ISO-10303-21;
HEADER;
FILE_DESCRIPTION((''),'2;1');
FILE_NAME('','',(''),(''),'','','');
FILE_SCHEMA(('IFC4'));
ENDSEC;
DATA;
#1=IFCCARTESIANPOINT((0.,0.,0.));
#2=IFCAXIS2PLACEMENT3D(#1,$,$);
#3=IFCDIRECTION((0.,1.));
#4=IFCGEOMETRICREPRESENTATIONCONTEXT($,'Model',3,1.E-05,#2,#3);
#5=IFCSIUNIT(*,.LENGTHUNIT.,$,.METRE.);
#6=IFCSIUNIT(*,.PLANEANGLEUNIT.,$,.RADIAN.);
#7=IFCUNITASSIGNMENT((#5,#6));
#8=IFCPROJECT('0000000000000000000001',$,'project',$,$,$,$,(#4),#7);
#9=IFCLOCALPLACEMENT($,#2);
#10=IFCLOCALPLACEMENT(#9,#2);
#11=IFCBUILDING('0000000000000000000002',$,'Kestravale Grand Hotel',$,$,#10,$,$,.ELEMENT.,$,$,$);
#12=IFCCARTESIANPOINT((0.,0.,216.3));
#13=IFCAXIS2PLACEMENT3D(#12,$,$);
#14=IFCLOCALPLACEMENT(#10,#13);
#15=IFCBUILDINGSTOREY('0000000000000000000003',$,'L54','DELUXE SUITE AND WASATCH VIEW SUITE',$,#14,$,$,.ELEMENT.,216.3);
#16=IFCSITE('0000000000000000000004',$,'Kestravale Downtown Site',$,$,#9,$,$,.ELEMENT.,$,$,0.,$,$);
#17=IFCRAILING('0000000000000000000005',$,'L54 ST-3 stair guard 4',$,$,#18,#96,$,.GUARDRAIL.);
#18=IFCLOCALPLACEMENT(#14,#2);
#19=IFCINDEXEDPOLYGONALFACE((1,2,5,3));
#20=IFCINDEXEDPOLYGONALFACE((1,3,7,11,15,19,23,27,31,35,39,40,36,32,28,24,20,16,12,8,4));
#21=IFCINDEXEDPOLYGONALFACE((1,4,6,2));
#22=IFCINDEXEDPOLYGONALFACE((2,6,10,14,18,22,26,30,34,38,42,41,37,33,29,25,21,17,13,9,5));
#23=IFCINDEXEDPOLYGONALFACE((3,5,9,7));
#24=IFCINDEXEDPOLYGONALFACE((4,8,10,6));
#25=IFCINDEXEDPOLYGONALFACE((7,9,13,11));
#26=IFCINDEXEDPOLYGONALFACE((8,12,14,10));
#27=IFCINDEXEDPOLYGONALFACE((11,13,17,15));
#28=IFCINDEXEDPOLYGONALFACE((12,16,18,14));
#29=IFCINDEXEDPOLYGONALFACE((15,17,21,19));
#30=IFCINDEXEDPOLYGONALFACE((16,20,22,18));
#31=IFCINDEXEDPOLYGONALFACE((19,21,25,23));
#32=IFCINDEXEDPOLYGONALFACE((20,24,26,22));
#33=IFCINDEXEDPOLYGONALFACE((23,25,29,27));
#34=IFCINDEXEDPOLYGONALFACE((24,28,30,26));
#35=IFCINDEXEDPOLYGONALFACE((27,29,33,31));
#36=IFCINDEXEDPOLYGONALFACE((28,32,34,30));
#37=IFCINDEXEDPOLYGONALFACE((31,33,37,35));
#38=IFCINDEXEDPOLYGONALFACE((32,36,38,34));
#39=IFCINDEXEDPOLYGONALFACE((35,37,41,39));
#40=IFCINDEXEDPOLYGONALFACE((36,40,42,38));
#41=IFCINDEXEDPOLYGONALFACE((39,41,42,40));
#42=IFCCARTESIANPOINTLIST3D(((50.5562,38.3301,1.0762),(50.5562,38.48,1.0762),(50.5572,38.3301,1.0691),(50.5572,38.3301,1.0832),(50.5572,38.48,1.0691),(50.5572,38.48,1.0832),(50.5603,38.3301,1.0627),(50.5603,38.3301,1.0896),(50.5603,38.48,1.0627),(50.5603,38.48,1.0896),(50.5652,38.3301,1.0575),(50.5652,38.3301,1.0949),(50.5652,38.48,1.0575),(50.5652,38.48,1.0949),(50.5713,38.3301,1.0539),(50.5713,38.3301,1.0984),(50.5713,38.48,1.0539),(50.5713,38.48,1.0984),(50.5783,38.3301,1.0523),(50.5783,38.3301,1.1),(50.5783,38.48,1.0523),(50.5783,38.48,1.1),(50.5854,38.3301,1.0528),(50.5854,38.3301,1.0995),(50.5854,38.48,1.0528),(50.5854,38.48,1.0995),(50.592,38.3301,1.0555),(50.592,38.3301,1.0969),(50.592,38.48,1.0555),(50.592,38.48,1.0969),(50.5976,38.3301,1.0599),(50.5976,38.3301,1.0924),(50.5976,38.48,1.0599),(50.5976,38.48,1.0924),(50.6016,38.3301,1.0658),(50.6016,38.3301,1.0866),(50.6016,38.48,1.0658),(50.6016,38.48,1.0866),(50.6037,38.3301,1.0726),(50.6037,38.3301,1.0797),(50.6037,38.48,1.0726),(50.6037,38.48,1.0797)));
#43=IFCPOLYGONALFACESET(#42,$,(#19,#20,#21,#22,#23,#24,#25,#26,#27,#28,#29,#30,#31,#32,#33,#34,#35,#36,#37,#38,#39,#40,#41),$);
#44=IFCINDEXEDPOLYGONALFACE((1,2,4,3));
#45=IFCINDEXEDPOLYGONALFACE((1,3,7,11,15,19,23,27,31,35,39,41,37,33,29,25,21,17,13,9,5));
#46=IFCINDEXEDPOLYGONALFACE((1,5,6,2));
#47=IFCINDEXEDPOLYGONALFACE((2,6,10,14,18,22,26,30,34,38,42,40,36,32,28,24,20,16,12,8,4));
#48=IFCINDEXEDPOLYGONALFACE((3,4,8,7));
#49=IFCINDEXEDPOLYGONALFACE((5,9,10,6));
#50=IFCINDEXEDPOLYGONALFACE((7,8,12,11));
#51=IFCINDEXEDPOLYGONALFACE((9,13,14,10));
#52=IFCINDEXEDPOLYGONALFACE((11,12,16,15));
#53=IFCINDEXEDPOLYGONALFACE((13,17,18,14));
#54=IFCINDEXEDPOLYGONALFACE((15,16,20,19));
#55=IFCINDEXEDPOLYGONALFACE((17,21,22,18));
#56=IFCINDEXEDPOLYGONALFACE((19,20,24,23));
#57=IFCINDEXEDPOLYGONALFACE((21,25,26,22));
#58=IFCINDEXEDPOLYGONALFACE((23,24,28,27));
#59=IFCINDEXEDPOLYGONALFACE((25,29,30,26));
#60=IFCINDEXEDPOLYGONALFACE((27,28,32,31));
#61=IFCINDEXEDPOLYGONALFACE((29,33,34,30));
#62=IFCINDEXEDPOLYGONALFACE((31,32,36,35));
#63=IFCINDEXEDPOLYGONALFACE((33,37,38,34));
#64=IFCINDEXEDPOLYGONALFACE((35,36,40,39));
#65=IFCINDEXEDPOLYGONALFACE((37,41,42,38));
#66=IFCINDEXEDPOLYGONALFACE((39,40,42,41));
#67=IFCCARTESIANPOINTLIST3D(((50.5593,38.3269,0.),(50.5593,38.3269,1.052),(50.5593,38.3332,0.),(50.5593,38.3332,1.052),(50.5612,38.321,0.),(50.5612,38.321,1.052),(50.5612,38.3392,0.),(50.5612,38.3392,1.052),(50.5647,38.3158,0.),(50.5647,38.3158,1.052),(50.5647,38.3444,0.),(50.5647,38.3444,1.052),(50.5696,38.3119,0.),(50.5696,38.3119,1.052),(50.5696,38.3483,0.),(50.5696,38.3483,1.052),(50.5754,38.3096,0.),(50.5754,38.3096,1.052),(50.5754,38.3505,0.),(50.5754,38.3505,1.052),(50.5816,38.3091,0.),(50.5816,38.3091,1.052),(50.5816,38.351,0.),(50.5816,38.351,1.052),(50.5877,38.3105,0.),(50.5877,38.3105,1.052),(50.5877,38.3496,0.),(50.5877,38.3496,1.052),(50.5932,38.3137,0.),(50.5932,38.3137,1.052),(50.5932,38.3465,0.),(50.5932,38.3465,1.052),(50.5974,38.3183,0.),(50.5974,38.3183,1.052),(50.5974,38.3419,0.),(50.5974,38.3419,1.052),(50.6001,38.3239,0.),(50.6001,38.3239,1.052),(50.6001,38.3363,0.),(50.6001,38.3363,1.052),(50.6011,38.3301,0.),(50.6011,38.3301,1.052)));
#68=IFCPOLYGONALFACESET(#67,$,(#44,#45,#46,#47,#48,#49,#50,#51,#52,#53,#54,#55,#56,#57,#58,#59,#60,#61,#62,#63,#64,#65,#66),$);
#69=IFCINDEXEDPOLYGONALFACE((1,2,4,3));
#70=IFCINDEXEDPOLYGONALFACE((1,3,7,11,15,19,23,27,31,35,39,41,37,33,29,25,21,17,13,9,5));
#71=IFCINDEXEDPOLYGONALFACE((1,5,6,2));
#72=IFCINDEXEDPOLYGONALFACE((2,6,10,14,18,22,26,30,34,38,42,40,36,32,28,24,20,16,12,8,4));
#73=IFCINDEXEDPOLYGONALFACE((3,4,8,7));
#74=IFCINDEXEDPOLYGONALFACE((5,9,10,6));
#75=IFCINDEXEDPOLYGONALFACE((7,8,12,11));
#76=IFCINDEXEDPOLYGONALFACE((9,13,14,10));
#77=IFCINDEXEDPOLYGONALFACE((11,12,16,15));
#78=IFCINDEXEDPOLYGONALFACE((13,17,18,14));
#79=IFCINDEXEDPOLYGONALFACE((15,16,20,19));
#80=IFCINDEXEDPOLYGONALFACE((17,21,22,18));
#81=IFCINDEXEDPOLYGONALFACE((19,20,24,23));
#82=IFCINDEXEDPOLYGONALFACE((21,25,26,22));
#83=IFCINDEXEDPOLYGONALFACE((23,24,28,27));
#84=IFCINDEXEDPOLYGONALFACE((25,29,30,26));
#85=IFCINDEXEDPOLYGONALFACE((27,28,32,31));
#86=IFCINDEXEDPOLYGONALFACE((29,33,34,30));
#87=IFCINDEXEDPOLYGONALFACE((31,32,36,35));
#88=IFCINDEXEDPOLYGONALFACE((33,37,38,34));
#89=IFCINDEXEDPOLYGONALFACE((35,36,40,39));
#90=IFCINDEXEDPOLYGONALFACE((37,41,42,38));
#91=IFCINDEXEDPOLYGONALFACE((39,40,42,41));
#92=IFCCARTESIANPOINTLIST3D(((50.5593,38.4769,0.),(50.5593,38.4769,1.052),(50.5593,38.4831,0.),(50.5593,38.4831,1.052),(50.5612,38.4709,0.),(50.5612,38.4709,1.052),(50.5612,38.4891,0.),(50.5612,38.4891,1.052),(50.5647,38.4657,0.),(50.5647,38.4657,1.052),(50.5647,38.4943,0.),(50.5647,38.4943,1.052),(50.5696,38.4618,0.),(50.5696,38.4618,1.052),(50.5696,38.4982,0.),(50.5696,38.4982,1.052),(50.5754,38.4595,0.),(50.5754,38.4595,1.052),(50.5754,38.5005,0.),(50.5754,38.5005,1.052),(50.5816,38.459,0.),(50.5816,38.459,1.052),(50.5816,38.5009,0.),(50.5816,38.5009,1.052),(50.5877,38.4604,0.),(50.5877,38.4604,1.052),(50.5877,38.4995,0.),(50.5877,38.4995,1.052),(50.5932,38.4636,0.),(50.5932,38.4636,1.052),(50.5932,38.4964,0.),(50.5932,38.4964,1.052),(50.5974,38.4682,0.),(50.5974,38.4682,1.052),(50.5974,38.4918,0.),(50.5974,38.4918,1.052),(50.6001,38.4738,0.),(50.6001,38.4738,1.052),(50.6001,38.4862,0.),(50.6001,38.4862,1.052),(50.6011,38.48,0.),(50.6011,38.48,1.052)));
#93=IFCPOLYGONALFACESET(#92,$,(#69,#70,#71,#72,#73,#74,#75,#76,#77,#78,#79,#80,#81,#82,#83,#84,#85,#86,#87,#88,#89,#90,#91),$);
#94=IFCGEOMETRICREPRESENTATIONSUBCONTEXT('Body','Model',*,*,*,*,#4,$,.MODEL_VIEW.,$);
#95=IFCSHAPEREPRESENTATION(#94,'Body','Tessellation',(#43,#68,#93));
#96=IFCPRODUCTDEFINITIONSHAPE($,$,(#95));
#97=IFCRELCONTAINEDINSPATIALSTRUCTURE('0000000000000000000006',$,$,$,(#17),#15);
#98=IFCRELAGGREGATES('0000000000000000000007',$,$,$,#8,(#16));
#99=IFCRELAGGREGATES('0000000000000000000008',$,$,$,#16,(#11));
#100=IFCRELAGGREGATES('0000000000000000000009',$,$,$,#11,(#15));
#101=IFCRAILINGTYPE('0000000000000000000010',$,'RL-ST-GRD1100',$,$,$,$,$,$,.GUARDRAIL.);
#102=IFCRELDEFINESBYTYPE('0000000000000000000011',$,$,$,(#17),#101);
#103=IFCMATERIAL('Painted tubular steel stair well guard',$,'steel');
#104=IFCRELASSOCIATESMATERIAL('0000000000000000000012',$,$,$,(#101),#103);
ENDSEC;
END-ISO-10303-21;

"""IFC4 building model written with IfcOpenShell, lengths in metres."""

from ifc_helpers import new_model, si_unit, direction, frame, origin, origin_2d, place, context, subcontext, project, spatial, circle, extrude, material, type_object, element, save


model = new_model("IFC4")

# Units and contexts
model_context = context("Model", 3, precision=1e-05, world=origin(), true_north=direction((0.0, 1.0)))
body_context = subcontext(model_context, "Body", "Model", "MODEL_VIEW")
ifc_project = project(units=[si_unit("LENGTHUNIT", "METRE"), si_unit("PLANEANGLEUNIT", "RADIAN")], contexts=[model_context])

# Site, building, storey
site_placement = place(None, origin())
site = spatial("IfcSite", under=ifc_project, at=site_placement, Name="Kestravale Downtown Site", CompositionType="ELEMENT", RefElevation=0.0)
building_placement = place(site_placement, origin())
building = spatial("IfcBuilding", under=site, at=building_placement, Name="Kestravale Grand Hotel", CompositionType="ELEMENT")
storey_placement = place(building_placement, frame((0.0, 0.0, 216.3)))
storey = spatial("IfcBuildingStorey", under=building, at=storey_placement, Name="L54", Description="DELUXE SUITE AND WASATCH VIEW SUITE", CompositionType="ELEMENT", Elevation=216.3)

# Railing
ifc_material_1 = material(Name="Painted tubular steel stair well guard", Category="steel")
railing_type_1 = type_object("IfcRailingType", Name="RL-ST-GRD1100", PredefinedType="GUARDRAIL", material=ifc_material_1)
railing_1_placement = place(storey_placement, frame((50.5801, 38.3301, 0.0)))
element("IfcRailing", 1, at=railing_1_placement, inside=storey, type_object=railing_type_1, Name="L54 ST-3 stair guard 4", PredefinedType="GUARDRAIL", context=body_context, shape_type="SweptSolid", body=[
    extrude(circle(Radius=0.0239, at=origin_2d()), frame((0.0, 0.0, 1.0762), z_axis=(0.0, 1.0, 0.0), x_axis=(-1.0, 0.0, 0.0)), (0.0, 0.0, 1.0), 0.1499),
    extrude(circle(Radius=0.021, at=origin_2d()), origin(), (0.0, 0.0, 1.0), 1.052),
    extrude(circle(Radius=0.021, at=origin_2d()), frame((0.0, 0.1499, 0.0)), (0.0, 0.0, 1.0), 1.052),
])

save(model, "model.ifc")
